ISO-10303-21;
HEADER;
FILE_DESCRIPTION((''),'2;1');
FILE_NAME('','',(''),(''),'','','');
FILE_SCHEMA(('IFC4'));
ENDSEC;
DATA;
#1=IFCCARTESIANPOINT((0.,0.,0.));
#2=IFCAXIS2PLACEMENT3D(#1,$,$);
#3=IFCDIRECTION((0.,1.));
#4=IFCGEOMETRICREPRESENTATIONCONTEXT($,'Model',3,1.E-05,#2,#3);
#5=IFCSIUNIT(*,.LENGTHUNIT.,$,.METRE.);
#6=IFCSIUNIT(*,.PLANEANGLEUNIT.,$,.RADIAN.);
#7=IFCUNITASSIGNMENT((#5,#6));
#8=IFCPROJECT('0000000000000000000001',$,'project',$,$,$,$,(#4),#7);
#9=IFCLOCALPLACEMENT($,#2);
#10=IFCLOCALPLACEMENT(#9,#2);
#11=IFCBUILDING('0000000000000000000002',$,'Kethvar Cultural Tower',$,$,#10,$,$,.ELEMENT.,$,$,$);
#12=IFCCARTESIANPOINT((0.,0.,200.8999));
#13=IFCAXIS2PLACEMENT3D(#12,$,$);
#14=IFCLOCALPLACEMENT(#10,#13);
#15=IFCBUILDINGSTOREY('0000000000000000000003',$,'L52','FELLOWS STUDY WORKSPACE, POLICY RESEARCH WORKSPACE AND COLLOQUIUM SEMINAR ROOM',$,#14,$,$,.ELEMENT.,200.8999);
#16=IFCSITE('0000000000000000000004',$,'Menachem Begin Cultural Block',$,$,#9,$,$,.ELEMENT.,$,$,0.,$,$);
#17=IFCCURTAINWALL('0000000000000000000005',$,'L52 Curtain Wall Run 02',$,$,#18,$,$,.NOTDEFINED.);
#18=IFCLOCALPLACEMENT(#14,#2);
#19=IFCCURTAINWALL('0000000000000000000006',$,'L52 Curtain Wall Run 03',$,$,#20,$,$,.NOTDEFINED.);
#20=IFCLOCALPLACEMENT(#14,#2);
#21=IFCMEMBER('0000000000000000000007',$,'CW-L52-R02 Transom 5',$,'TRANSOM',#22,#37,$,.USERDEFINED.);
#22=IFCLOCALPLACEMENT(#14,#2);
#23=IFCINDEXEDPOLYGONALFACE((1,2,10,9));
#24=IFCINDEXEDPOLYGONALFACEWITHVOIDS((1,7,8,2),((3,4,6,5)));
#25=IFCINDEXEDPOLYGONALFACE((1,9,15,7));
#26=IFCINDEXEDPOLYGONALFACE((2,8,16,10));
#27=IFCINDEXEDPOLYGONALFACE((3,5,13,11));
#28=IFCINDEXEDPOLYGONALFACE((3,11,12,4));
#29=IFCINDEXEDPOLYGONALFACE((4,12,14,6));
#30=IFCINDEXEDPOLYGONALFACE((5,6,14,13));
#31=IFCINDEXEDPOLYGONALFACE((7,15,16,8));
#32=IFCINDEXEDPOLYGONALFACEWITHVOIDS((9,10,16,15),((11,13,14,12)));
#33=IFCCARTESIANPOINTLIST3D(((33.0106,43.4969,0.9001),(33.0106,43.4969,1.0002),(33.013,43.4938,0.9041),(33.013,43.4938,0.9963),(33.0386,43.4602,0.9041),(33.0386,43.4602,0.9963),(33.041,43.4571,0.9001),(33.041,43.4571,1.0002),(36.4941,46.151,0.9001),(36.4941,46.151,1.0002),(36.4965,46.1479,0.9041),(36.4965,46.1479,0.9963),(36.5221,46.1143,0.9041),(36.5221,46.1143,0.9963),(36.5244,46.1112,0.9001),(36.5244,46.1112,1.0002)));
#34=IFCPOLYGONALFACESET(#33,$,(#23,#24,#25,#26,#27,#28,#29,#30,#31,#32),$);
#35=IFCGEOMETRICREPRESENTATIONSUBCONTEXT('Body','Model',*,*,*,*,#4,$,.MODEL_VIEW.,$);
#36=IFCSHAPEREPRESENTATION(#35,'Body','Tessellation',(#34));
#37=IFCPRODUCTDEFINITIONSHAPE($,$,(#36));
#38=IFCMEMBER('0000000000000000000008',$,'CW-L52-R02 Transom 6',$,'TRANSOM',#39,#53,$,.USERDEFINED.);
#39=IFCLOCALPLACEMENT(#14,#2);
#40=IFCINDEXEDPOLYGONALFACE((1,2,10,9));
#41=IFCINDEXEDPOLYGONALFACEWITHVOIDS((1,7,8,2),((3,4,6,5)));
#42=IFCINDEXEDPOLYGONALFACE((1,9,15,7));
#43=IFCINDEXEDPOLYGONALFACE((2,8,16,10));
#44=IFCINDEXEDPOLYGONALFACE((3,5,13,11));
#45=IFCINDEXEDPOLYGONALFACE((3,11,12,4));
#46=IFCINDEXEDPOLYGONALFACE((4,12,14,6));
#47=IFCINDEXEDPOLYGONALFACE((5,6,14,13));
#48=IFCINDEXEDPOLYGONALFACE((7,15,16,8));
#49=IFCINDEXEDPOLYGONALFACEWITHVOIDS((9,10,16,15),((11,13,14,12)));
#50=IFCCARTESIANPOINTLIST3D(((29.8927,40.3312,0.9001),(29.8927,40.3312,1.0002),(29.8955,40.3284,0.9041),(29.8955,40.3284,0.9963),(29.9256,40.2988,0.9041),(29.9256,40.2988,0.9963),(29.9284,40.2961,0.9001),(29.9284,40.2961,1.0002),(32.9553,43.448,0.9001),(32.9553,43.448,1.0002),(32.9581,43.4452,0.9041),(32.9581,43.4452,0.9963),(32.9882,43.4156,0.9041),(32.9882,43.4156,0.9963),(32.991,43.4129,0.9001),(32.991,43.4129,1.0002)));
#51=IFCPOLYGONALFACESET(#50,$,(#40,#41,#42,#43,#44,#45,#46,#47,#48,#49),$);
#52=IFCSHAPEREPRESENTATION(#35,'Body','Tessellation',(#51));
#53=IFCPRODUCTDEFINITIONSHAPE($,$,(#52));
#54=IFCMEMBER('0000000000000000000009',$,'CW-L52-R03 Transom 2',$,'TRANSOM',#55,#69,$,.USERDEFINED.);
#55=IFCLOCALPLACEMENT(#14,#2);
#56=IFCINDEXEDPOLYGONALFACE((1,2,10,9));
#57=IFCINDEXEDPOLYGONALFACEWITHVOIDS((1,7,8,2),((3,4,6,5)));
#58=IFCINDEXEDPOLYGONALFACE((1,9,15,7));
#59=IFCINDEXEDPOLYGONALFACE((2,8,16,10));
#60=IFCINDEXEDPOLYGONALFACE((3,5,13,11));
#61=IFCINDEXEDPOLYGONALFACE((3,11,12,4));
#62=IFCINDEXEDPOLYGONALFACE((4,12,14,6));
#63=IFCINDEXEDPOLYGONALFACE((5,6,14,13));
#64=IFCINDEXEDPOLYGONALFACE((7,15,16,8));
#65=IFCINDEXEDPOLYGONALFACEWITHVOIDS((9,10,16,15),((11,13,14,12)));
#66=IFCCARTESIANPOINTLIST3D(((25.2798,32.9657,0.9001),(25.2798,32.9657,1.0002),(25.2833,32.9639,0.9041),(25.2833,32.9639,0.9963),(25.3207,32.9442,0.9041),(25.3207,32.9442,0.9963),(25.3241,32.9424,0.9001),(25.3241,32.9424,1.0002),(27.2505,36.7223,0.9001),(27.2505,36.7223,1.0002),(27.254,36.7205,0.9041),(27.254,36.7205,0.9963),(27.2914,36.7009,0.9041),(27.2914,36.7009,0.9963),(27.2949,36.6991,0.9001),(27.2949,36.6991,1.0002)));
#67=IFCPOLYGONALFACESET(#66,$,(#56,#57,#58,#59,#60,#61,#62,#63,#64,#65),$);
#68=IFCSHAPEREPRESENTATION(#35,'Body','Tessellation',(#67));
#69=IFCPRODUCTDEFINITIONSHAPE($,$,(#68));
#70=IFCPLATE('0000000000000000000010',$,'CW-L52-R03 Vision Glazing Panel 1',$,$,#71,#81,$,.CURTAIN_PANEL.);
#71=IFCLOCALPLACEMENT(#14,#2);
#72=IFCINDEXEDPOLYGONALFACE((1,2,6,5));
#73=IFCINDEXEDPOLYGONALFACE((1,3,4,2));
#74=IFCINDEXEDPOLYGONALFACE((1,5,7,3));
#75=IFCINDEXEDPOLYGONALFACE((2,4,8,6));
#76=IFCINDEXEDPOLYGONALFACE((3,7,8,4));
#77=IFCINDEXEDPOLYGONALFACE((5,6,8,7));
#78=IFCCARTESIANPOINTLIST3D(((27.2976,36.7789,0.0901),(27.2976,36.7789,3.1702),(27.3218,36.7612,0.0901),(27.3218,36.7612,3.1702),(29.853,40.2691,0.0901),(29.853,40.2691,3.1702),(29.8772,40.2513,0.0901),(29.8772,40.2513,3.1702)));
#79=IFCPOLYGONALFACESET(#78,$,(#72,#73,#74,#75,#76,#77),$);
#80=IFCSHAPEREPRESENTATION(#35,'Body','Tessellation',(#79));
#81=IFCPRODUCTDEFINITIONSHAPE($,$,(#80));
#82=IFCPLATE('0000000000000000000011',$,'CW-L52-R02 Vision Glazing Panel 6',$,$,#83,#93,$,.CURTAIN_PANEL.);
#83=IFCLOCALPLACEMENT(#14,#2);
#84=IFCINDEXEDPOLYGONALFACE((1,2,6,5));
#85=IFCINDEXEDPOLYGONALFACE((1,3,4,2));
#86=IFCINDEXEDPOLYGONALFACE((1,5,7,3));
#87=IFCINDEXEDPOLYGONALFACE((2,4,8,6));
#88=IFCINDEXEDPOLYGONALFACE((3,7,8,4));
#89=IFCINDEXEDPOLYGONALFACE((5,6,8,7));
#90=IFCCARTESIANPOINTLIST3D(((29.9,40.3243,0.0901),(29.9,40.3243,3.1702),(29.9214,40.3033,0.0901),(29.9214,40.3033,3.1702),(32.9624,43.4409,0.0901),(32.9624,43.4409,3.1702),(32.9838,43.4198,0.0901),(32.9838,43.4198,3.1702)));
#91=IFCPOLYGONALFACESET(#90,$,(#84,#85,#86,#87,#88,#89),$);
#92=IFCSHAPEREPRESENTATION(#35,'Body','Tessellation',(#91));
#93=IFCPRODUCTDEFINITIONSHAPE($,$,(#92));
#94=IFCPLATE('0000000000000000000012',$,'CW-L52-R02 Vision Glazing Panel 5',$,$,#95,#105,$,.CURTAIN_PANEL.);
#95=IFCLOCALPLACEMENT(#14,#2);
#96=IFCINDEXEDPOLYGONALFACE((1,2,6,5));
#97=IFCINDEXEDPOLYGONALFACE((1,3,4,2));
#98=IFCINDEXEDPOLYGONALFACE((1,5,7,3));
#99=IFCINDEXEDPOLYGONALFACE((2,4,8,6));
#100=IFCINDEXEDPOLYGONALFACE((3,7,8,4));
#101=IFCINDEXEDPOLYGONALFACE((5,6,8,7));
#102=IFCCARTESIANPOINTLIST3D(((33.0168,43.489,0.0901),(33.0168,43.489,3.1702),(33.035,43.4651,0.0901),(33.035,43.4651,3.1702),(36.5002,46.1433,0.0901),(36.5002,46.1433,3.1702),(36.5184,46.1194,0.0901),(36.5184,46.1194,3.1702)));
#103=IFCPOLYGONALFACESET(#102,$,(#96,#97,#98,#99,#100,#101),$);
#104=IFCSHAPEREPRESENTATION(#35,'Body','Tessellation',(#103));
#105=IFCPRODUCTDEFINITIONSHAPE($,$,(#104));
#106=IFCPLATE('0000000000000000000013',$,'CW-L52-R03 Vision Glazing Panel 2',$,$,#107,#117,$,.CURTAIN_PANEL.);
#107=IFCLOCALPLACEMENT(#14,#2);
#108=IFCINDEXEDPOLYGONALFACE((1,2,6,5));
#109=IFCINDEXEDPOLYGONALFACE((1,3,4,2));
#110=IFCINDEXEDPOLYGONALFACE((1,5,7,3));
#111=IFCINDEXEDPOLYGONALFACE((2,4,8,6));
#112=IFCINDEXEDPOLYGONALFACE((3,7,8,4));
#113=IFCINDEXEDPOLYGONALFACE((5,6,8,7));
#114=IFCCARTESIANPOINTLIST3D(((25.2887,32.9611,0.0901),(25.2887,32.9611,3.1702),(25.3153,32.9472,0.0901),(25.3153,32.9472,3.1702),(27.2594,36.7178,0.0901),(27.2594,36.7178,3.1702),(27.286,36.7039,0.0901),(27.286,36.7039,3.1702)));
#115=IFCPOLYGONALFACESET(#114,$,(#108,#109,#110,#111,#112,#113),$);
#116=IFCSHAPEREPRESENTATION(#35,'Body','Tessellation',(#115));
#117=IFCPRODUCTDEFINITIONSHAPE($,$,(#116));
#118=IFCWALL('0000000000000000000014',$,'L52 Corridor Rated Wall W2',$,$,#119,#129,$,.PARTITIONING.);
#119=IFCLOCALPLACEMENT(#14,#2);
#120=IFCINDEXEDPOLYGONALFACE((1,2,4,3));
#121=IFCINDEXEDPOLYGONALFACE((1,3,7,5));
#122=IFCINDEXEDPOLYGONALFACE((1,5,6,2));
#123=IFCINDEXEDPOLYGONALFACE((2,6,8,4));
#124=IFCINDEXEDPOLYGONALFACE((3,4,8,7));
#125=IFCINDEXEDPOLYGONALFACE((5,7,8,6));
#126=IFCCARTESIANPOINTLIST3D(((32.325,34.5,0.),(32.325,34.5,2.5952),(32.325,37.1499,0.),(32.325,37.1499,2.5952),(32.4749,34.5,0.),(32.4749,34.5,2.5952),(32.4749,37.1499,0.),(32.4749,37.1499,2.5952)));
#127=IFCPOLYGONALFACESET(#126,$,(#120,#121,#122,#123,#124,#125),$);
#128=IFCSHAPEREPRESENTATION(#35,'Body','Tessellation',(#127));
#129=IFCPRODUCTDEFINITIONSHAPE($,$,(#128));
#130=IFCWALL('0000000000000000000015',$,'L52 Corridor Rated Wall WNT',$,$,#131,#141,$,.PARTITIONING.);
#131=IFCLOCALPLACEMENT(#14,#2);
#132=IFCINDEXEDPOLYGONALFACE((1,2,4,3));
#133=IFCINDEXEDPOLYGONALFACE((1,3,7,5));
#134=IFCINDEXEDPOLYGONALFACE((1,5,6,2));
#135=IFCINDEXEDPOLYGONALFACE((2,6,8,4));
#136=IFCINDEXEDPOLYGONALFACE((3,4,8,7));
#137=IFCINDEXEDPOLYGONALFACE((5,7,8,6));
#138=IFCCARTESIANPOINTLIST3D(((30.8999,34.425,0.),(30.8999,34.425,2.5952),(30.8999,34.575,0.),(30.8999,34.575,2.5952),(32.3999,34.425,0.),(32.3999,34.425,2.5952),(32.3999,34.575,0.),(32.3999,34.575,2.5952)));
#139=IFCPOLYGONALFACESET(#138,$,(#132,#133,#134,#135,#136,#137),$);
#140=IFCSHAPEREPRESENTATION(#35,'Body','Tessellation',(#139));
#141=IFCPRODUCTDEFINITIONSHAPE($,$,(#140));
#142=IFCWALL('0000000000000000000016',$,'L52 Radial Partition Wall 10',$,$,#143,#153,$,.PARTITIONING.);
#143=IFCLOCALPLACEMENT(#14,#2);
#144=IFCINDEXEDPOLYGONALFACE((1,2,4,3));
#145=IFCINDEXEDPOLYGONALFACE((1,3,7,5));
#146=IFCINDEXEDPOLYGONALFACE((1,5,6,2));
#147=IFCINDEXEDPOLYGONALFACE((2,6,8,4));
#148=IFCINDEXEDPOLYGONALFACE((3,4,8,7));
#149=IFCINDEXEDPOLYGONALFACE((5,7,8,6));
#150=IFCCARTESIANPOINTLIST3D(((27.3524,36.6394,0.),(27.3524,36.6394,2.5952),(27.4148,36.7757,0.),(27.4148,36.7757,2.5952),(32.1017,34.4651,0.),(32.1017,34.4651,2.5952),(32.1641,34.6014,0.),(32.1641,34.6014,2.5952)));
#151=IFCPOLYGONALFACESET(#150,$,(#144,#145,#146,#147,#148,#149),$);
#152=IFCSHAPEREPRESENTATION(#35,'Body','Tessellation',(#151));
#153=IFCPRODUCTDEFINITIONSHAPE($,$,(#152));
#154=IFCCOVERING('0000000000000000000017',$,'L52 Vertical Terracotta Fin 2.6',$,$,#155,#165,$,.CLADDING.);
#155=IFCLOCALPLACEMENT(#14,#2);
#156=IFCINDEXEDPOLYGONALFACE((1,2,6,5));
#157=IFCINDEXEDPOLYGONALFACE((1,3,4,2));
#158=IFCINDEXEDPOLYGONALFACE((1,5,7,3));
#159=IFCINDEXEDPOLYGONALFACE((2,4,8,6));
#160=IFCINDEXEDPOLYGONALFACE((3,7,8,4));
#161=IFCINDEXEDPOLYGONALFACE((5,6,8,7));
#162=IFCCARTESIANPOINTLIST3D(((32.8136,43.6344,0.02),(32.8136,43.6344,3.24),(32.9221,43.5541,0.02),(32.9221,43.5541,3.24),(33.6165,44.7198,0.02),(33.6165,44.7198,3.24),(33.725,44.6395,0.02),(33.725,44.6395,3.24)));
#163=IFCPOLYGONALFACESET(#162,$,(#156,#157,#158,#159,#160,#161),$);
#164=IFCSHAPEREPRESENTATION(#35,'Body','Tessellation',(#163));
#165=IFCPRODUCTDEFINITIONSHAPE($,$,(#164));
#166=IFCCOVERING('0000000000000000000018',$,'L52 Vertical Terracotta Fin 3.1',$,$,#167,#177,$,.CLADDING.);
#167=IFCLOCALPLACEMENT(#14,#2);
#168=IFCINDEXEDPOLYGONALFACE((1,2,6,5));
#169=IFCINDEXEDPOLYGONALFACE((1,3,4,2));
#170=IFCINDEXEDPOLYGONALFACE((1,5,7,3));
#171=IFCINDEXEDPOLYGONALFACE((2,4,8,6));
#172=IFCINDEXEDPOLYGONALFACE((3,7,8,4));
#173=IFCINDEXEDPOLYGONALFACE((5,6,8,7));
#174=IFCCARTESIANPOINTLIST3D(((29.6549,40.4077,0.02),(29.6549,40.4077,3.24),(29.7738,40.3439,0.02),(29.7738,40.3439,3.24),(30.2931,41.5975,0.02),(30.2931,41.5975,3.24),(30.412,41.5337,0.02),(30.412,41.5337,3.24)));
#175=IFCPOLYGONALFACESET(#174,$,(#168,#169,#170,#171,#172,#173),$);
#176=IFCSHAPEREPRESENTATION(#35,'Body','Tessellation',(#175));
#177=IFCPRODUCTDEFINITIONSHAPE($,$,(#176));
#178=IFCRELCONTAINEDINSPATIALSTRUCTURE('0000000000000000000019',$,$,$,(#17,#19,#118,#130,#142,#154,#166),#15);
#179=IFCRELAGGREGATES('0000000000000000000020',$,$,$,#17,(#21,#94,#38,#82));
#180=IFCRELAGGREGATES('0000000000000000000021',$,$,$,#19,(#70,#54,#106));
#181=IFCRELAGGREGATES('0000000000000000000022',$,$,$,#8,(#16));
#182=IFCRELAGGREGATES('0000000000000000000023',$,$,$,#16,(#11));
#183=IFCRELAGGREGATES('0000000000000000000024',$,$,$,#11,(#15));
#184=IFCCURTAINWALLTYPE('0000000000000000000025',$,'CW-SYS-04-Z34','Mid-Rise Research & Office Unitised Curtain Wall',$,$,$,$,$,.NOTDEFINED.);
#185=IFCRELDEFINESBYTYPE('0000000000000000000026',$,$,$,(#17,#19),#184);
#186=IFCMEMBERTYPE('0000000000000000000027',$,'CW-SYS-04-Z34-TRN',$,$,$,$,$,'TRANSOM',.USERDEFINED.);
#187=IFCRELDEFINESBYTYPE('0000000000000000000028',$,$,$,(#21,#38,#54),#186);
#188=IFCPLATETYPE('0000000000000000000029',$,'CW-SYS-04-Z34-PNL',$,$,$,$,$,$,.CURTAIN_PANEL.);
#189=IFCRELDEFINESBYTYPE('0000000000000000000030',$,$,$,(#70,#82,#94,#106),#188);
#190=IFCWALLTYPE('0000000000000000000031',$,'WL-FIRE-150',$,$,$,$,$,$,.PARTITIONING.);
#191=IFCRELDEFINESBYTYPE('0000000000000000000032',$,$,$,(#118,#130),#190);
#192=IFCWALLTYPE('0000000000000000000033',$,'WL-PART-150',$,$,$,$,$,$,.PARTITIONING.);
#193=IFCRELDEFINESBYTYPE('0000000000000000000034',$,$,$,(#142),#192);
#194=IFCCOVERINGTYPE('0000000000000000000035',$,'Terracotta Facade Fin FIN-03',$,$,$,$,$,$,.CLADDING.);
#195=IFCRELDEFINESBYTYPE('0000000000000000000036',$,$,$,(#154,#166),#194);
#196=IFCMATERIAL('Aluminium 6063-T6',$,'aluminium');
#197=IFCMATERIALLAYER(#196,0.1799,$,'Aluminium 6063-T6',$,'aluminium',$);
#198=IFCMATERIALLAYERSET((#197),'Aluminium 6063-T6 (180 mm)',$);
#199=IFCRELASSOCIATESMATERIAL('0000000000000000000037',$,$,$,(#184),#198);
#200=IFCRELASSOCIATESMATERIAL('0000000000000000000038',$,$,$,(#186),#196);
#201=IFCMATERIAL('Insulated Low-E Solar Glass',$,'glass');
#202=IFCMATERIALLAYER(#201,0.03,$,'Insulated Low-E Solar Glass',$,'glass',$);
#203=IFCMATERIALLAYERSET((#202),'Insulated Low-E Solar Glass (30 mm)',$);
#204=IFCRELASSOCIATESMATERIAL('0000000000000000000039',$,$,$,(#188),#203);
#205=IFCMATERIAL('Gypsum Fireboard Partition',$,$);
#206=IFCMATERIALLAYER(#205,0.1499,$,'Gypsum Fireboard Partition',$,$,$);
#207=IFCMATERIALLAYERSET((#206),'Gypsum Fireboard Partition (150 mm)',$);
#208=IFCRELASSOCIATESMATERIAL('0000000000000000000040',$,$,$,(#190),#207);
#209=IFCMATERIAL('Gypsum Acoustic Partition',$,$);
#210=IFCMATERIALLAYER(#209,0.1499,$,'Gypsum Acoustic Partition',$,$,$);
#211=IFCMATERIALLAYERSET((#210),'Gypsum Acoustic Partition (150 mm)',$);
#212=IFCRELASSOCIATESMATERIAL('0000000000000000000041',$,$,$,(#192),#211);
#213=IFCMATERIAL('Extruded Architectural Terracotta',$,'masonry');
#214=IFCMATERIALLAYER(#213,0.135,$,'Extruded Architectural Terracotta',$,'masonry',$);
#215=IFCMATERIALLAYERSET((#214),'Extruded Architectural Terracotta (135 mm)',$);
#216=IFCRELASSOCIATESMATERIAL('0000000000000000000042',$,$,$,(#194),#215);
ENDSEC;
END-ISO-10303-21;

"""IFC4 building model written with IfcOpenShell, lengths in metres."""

from ifc_helpers import new_model, si_unit, direction, frame, frame_2d, origin, origin_2d, place, context, subcontext, project, spatial, rectangle, hollow_rectangle, extrude, source, transform, mapped, material, layer, layer_set, material_profile, profile_set, type_object, element, aggregate, save


model = new_model("IFC4")

# Units and contexts
model_context = context("Model", 3, precision=1e-05, world=origin(), true_north=direction((0.0, 1.0)))
body_context = subcontext(model_context, "Body", "Model", "MODEL_VIEW")
ifc_project = project(units=[si_unit("LENGTHUNIT", "METRE"), si_unit("PLANEANGLEUNIT", "RADIAN")], contexts=[model_context])

# Site, building, storey
site_placement = place(None, origin())
site = spatial("IfcSite", under=ifc_project, at=site_placement, Name="Menachem Begin Cultural Block", CompositionType="ELEMENT", RefElevation=0.0)
building_placement = place(site_placement, origin())
building = spatial("IfcBuilding", under=site, at=building_placement, Name="Kethvar Cultural Tower", CompositionType="ELEMENT")
storey_placement = place(building_placement, frame((0.0, 0.0, 200.8999)))
storey = spatial("IfcBuildingStorey", under=building, at=storey_placement, Name="L52", Description="FELLOWS STUDY WORKSPACE, POLICY RESEARCH WORKSPACE AND COLLOQUIUM SEMINAR ROOM", CompositionType="ELEMENT", Elevation=200.8999)

# Curtain walls
ifc_material_1 = material(Name="Aluminium 6063-T6", Category="aluminium")
ifc_layer_1 = layer(ifc_material_1, 0.1799, Name="Aluminium 6063-T6", Category="aluminium")
ifc_layer_set_1 = layer_set([ifc_layer_1], Name="Aluminium 6063-T6 (180 mm)")
curtain_wall_type = type_object("IfcCurtainWallType", Name="CW-SYS-04-Z34", Description="Mid-Rise Research & Office Unitised Curtain Wall", PredefinedType="NOTDEFINED", material=ifc_layer_set_1)
curtain_wall_1_placement = place(storey_placement, origin())
curtain_wall_1 = element("IfcCurtainWall", 1, at=curtain_wall_1_placement, inside=storey, type_object=curtain_wall_type, Name="L52 Curtain Wall Run 02", PredefinedType="NOTDEFINED")
curtain_wall_2_placement = place(storey_placement, origin())
curtain_wall_2 = element("IfcCurtainWall", 2, at=curtain_wall_2_placement, inside=storey, type_object=curtain_wall_type, Name="L52 Curtain Wall Run 03", PredefinedType="NOTDEFINED")
ifc_material_profile_1 = material_profile(ifc_material_1, hollow_rectangle(XDim=0.05, YDim=0.1001, WallThickness=0.0039, at=origin_2d()), Name="Aluminium 6063-T6 — RHS100x50x4")
ifc_profile_set_1 = profile_set([ifc_material_profile_1], Name="Aluminium 6063-T6 — RHS100x50x4")
member_type_1 = type_object("IfcMemberType", Name="CW-SYS-04-Z34-TRN", ElementType="TRANSOM", PredefinedType="USERDEFINED", material=ifc_profile_set_1)

# Members
shared_shape_1 = source(origin(), body_context, "Body", "SweptSolid", [
    extrude(hollow_rectangle(XDim=0.05, YDim=0.1001, WallThickness=0.0039, at=origin_2d()), origin(), (0.0, 0.0, 1.0), 4.3794),
])
member_1_placement = place(storey_placement, frame((36.5093, 46.1311, 0.9502), z_axis=(-0.795428, -0.606048, 0.0), x_axis=(0.606048, -0.795428, 0.0)))
member_1 = element("IfcMember", 3, at=member_1_placement, type_object=member_type_1, Name="CW-L52-R02 Transom 5", ObjectType="TRANSOM", PredefinedType="USERDEFINED", context=body_context, shape_type="MappedRepresentation", body=[
    mapped(shared_shape_1, transform((0.0, 0.0, 0.0), scale=1.0)),
])
shared_shape_2 = source(origin(), body_context, "Body", "SweptSolid", [
    extrude(hollow_rectangle(XDim=0.05, YDim=0.1001, WallThickness=0.0039, at=origin_2d()), origin(), (0.0, 0.0, 1.0), 4.3696),
])
member_2_placement = place(storey_placement, frame((32.9731, 43.4304, 0.9502), z_axis=(-0.700878, -0.713282, 0.0), x_axis=(0.713282, -0.700878, 0.0)))
member_2 = element("IfcMember", 4, at=member_2_placement, type_object=member_type_1, Name="CW-L52-R02 Transom 6", ObjectType="TRANSOM", PredefinedType="USERDEFINED", context=body_context, shape_type="MappedRepresentation", body=[
    mapped(shared_shape_2, transform((0.0, 0.0, 0.0), scale=1.0)),
])
shared_shape_3 = source(origin(), body_context, "Body", "SweptSolid", [
    extrude(hollow_rectangle(XDim=0.05, YDim=0.1001, WallThickness=0.0039, at=origin_2d()), origin(), (0.0, 0.0, 1.0), 4.2422),
])
member_3_placement = place(storey_placement, frame((27.2727, 36.7107, 0.9502), z_axis=(-0.464555, -0.885544, 0.0), x_axis=(0.885544, -0.464555, 0.0)))
member_3 = element("IfcMember", 5, at=member_3_placement, type_object=member_type_1, Name="CW-L52-R03 Transom 2", ObjectType="TRANSOM", PredefinedType="USERDEFINED", context=body_context, shape_type="MappedRepresentation", body=[
    mapped(shared_shape_3, transform((0.0, 0.0, 0.0), scale=1.0)),
])

# Plates
ifc_material_2 = material(Name="Insulated Low-E Solar Glass", Category="glass")
ifc_layer_2 = layer(ifc_material_2, 0.03, Name="Insulated Low-E Solar Glass", Category="glass")
ifc_layer_set_2 = layer_set([ifc_layer_2], Name="Insulated Low-E Solar Glass (30 mm)")
plate_type = type_object("IfcPlateType", Name="CW-SYS-04-Z34-PNL", PredefinedType="CURTAIN_PANEL", material=ifc_layer_set_2)
shared_shape_4 = source(origin(), body_context, "Body", "SweptSolid", [
    extrude(rectangle(XDim=4.3257, YDim=0.03, at=origin_2d()), origin(), (0.0, 0.0, 1.0), 3.0801),
])
plate_1_placement = place(storey_placement, frame((28.5874, 38.5151, 0.0901), z_axis=(0.0, 0.0, 1.0), x_axis=(-0.590761, -0.806847, 0.0)))
plate_1 = element("IfcPlate", 6, at=plate_1_placement, type_object=plate_type, Name="CW-L52-R03 Vision Glazing Panel 1", PredefinedType="CURTAIN_PANEL", context=body_context, shape_type="MappedRepresentation", body=[
    mapped(shared_shape_4, transform((0.0, 0.0, 0.0), scale=1.0)),
])
shared_shape_5 = source(origin(), body_context, "Body", "SweptSolid", [
    extrude(rectangle(XDim=4.3694, YDim=0.03, at=origin_2d()), origin(), (0.0, 0.0, 1.0), 3.0801),
])
plate_2_placement = place(storey_placement, frame((31.4419, 41.8721, 0.0901), z_axis=(0.0, 0.0, 1.0), x_axis=(-0.700884, -0.713275, 0.0)))
plate_2 = element("IfcPlate", 7, at=plate_2_placement, type_object=plate_type, Name="CW-L52-R02 Vision Glazing Panel 6", PredefinedType="CURTAIN_PANEL", context=body_context, shape_type="MappedRepresentation", body=[
    mapped(shared_shape_5, transform((0.0, 0.0, 0.0), scale=1.0)),
])
shared_shape_6 = source(origin(), body_context, "Body", "SweptSolid", [
    extrude(rectangle(XDim=4.3794, YDim=0.03, at=origin_2d()), origin(), (0.0, 0.0, 1.0), 3.0801),
])
plate_3_placement = place(storey_placement, frame((34.7676, 44.8042, 0.0901), z_axis=(0.0, 0.0, 1.0), x_axis=(-0.795399, -0.606086, 0.0)))
plate_3 = element("IfcPlate", 8, at=plate_3_placement, type_object=plate_type, Name="CW-L52-R02 Vision Glazing Panel 5", PredefinedType="CURTAIN_PANEL", context=body_context, shape_type="MappedRepresentation", body=[
    mapped(shared_shape_6, transform((0.0, 0.0, 0.0), scale=1.0)),
])
aggregate(curtain_wall_1, [member_1, plate_3, member_2, plate_2])
shared_shape_7 = source(origin(), body_context, "Body", "SweptSolid", [
    extrude(rectangle(XDim=4.2422, YDim=0.03, at=origin_2d()), origin(), (0.0, 0.0, 1.0), 3.0801),
])
plate_4_placement = place(storey_placement, frame((26.2874, 34.8325, 0.0901), z_axis=(0.0, 0.0, 1.0), x_axis=(-0.464533, -0.885556, 0.0)))
plate_4 = element("IfcPlate", 9, at=plate_4_placement, type_object=plate_type, Name="CW-L52-R03 Vision Glazing Panel 2", PredefinedType="CURTAIN_PANEL", context=body_context, shape_type="MappedRepresentation", body=[
    mapped(shared_shape_7, transform((0.0, 0.0, 0.0), scale=1.0)),
])
aggregate(curtain_wall_2, [plate_1, member_3, plate_4])

# Walls
ifc_material_3 = material(Name="Gypsum Fireboard Partition")
ifc_layer_3 = layer(ifc_material_3, 0.1499, Name="Gypsum Fireboard Partition")
ifc_layer_set_3 = layer_set([ifc_layer_3], Name="Gypsum Fireboard Partition (150 mm)")
wall_type_1 = type_object("IfcWallType", Name="WL-FIRE-150", PredefinedType="PARTITIONING", material=ifc_layer_set_3)
wall_1_placement = place(storey_placement, frame((32.3999, 37.1499, 0.0), z_axis=(0.0, 0.0, 1.0), x_axis=(0.0, -1.0, 0.0)))
element("IfcWall", 10, at=wall_1_placement, inside=storey, type_object=wall_type_1, Name="L52 Corridor Rated Wall W2", PredefinedType="PARTITIONING", context=body_context, shape_type="SweptSolid", body=[
    extrude(rectangle(XDim=2.6499, YDim=0.1499, at=frame_2d((1.325, 0.0))), origin(), (0.0, 0.0, 1.0), 2.5952),
])
wall_2_placement = place(storey_placement, frame((32.3999, 34.5, 0.0), z_axis=(0.0, 0.0, 1.0), x_axis=(-1.0, 0.0, 0.0)))
element("IfcWall", 11, at=wall_2_placement, inside=storey, type_object=wall_type_1, Name="L52 Corridor Rated Wall WNT", PredefinedType="PARTITIONING", context=body_context, shape_type="SweptSolid", body=[
    extrude(rectangle(XDim=1.5, YDim=0.1499, at=frame_2d((0.75, 0.0))), origin(), (0.0, 0.0, 1.0), 2.5952),
])
ifc_material_4 = material(Name="Gypsum Acoustic Partition")
ifc_layer_4 = layer(ifc_material_4, 0.1499, Name="Gypsum Acoustic Partition")
ifc_layer_set_4 = layer_set([ifc_layer_4], Name="Gypsum Acoustic Partition (150 mm)")
wall_type_2 = type_object("IfcWallType", Name="WL-PART-150", PredefinedType="PARTITIONING", material=ifc_layer_set_4)
wall_3_placement = place(storey_placement, frame((32.1331, 34.5332, 0.0), z_axis=(0.0, 0.0, 1.0), x_axis=(-0.909241, 0.41627, 0.0)))
element("IfcWall", 12, at=wall_3_placement, inside=storey, type_object=wall_type_2, Name="L52 Radial Partition Wall 10", PredefinedType="PARTITIONING", context=body_context, shape_type="SweptSolid", body=[
    extrude(rectangle(XDim=5.2234, YDim=0.1499, at=frame_2d((2.6118, 0.0))), origin(), (0.0, 0.0, 1.0), 2.5952),
])

# Coverings
ifc_material_5 = material(Name="Extruded Architectural Terracotta", Category="masonry")
ifc_layer_5 = layer(ifc_material_5, 0.135, Name="Extruded Architectural Terracotta", Category="masonry")
ifc_layer_set_5 = layer_set([ifc_layer_5], Name="Extruded Architectural Terracotta (135 mm)")
covering_type = type_object("IfcCoveringType", Name="Terracotta Facade Fin FIN-03", PredefinedType="CLADDING", material=ifc_layer_set_5)
shared_shape_8 = source(origin(), body_context, "Body", "SweptSolid", [
    extrude(rectangle(XDim=1.3501, YDim=0.135, at=origin_2d()), origin(), (0.0, 0.0, 1.0), 3.22),
])
for number, where, z_axis, x_axis, name in (
    (13, (33.2693, 44.137, 0.02), (0.0, 0.0, 1.0), (0.594682, 0.803961, 0.0), "L52 Vertical Terracotta Fin 2.6"),
    (14, (30.0334, 40.9707, 0.02), (0.0, 0.0, 1.0), (0.472705, 0.881221, 0.0), "L52 Vertical Terracotta Fin 3.1"),
):
    element("IfcCovering", number, at=place(storey_placement, frame(where, z_axis=z_axis, x_axis=x_axis)), inside=storey, type_object=covering_type, Name=name, PredefinedType="CLADDING", context=body_context, shape_type="MappedRepresentation", body=[
        mapped(shared_shape_8, transform((0.0, 0.0, 0.0), scale=1.0)),
    ])

save(model, "model.ifc")
